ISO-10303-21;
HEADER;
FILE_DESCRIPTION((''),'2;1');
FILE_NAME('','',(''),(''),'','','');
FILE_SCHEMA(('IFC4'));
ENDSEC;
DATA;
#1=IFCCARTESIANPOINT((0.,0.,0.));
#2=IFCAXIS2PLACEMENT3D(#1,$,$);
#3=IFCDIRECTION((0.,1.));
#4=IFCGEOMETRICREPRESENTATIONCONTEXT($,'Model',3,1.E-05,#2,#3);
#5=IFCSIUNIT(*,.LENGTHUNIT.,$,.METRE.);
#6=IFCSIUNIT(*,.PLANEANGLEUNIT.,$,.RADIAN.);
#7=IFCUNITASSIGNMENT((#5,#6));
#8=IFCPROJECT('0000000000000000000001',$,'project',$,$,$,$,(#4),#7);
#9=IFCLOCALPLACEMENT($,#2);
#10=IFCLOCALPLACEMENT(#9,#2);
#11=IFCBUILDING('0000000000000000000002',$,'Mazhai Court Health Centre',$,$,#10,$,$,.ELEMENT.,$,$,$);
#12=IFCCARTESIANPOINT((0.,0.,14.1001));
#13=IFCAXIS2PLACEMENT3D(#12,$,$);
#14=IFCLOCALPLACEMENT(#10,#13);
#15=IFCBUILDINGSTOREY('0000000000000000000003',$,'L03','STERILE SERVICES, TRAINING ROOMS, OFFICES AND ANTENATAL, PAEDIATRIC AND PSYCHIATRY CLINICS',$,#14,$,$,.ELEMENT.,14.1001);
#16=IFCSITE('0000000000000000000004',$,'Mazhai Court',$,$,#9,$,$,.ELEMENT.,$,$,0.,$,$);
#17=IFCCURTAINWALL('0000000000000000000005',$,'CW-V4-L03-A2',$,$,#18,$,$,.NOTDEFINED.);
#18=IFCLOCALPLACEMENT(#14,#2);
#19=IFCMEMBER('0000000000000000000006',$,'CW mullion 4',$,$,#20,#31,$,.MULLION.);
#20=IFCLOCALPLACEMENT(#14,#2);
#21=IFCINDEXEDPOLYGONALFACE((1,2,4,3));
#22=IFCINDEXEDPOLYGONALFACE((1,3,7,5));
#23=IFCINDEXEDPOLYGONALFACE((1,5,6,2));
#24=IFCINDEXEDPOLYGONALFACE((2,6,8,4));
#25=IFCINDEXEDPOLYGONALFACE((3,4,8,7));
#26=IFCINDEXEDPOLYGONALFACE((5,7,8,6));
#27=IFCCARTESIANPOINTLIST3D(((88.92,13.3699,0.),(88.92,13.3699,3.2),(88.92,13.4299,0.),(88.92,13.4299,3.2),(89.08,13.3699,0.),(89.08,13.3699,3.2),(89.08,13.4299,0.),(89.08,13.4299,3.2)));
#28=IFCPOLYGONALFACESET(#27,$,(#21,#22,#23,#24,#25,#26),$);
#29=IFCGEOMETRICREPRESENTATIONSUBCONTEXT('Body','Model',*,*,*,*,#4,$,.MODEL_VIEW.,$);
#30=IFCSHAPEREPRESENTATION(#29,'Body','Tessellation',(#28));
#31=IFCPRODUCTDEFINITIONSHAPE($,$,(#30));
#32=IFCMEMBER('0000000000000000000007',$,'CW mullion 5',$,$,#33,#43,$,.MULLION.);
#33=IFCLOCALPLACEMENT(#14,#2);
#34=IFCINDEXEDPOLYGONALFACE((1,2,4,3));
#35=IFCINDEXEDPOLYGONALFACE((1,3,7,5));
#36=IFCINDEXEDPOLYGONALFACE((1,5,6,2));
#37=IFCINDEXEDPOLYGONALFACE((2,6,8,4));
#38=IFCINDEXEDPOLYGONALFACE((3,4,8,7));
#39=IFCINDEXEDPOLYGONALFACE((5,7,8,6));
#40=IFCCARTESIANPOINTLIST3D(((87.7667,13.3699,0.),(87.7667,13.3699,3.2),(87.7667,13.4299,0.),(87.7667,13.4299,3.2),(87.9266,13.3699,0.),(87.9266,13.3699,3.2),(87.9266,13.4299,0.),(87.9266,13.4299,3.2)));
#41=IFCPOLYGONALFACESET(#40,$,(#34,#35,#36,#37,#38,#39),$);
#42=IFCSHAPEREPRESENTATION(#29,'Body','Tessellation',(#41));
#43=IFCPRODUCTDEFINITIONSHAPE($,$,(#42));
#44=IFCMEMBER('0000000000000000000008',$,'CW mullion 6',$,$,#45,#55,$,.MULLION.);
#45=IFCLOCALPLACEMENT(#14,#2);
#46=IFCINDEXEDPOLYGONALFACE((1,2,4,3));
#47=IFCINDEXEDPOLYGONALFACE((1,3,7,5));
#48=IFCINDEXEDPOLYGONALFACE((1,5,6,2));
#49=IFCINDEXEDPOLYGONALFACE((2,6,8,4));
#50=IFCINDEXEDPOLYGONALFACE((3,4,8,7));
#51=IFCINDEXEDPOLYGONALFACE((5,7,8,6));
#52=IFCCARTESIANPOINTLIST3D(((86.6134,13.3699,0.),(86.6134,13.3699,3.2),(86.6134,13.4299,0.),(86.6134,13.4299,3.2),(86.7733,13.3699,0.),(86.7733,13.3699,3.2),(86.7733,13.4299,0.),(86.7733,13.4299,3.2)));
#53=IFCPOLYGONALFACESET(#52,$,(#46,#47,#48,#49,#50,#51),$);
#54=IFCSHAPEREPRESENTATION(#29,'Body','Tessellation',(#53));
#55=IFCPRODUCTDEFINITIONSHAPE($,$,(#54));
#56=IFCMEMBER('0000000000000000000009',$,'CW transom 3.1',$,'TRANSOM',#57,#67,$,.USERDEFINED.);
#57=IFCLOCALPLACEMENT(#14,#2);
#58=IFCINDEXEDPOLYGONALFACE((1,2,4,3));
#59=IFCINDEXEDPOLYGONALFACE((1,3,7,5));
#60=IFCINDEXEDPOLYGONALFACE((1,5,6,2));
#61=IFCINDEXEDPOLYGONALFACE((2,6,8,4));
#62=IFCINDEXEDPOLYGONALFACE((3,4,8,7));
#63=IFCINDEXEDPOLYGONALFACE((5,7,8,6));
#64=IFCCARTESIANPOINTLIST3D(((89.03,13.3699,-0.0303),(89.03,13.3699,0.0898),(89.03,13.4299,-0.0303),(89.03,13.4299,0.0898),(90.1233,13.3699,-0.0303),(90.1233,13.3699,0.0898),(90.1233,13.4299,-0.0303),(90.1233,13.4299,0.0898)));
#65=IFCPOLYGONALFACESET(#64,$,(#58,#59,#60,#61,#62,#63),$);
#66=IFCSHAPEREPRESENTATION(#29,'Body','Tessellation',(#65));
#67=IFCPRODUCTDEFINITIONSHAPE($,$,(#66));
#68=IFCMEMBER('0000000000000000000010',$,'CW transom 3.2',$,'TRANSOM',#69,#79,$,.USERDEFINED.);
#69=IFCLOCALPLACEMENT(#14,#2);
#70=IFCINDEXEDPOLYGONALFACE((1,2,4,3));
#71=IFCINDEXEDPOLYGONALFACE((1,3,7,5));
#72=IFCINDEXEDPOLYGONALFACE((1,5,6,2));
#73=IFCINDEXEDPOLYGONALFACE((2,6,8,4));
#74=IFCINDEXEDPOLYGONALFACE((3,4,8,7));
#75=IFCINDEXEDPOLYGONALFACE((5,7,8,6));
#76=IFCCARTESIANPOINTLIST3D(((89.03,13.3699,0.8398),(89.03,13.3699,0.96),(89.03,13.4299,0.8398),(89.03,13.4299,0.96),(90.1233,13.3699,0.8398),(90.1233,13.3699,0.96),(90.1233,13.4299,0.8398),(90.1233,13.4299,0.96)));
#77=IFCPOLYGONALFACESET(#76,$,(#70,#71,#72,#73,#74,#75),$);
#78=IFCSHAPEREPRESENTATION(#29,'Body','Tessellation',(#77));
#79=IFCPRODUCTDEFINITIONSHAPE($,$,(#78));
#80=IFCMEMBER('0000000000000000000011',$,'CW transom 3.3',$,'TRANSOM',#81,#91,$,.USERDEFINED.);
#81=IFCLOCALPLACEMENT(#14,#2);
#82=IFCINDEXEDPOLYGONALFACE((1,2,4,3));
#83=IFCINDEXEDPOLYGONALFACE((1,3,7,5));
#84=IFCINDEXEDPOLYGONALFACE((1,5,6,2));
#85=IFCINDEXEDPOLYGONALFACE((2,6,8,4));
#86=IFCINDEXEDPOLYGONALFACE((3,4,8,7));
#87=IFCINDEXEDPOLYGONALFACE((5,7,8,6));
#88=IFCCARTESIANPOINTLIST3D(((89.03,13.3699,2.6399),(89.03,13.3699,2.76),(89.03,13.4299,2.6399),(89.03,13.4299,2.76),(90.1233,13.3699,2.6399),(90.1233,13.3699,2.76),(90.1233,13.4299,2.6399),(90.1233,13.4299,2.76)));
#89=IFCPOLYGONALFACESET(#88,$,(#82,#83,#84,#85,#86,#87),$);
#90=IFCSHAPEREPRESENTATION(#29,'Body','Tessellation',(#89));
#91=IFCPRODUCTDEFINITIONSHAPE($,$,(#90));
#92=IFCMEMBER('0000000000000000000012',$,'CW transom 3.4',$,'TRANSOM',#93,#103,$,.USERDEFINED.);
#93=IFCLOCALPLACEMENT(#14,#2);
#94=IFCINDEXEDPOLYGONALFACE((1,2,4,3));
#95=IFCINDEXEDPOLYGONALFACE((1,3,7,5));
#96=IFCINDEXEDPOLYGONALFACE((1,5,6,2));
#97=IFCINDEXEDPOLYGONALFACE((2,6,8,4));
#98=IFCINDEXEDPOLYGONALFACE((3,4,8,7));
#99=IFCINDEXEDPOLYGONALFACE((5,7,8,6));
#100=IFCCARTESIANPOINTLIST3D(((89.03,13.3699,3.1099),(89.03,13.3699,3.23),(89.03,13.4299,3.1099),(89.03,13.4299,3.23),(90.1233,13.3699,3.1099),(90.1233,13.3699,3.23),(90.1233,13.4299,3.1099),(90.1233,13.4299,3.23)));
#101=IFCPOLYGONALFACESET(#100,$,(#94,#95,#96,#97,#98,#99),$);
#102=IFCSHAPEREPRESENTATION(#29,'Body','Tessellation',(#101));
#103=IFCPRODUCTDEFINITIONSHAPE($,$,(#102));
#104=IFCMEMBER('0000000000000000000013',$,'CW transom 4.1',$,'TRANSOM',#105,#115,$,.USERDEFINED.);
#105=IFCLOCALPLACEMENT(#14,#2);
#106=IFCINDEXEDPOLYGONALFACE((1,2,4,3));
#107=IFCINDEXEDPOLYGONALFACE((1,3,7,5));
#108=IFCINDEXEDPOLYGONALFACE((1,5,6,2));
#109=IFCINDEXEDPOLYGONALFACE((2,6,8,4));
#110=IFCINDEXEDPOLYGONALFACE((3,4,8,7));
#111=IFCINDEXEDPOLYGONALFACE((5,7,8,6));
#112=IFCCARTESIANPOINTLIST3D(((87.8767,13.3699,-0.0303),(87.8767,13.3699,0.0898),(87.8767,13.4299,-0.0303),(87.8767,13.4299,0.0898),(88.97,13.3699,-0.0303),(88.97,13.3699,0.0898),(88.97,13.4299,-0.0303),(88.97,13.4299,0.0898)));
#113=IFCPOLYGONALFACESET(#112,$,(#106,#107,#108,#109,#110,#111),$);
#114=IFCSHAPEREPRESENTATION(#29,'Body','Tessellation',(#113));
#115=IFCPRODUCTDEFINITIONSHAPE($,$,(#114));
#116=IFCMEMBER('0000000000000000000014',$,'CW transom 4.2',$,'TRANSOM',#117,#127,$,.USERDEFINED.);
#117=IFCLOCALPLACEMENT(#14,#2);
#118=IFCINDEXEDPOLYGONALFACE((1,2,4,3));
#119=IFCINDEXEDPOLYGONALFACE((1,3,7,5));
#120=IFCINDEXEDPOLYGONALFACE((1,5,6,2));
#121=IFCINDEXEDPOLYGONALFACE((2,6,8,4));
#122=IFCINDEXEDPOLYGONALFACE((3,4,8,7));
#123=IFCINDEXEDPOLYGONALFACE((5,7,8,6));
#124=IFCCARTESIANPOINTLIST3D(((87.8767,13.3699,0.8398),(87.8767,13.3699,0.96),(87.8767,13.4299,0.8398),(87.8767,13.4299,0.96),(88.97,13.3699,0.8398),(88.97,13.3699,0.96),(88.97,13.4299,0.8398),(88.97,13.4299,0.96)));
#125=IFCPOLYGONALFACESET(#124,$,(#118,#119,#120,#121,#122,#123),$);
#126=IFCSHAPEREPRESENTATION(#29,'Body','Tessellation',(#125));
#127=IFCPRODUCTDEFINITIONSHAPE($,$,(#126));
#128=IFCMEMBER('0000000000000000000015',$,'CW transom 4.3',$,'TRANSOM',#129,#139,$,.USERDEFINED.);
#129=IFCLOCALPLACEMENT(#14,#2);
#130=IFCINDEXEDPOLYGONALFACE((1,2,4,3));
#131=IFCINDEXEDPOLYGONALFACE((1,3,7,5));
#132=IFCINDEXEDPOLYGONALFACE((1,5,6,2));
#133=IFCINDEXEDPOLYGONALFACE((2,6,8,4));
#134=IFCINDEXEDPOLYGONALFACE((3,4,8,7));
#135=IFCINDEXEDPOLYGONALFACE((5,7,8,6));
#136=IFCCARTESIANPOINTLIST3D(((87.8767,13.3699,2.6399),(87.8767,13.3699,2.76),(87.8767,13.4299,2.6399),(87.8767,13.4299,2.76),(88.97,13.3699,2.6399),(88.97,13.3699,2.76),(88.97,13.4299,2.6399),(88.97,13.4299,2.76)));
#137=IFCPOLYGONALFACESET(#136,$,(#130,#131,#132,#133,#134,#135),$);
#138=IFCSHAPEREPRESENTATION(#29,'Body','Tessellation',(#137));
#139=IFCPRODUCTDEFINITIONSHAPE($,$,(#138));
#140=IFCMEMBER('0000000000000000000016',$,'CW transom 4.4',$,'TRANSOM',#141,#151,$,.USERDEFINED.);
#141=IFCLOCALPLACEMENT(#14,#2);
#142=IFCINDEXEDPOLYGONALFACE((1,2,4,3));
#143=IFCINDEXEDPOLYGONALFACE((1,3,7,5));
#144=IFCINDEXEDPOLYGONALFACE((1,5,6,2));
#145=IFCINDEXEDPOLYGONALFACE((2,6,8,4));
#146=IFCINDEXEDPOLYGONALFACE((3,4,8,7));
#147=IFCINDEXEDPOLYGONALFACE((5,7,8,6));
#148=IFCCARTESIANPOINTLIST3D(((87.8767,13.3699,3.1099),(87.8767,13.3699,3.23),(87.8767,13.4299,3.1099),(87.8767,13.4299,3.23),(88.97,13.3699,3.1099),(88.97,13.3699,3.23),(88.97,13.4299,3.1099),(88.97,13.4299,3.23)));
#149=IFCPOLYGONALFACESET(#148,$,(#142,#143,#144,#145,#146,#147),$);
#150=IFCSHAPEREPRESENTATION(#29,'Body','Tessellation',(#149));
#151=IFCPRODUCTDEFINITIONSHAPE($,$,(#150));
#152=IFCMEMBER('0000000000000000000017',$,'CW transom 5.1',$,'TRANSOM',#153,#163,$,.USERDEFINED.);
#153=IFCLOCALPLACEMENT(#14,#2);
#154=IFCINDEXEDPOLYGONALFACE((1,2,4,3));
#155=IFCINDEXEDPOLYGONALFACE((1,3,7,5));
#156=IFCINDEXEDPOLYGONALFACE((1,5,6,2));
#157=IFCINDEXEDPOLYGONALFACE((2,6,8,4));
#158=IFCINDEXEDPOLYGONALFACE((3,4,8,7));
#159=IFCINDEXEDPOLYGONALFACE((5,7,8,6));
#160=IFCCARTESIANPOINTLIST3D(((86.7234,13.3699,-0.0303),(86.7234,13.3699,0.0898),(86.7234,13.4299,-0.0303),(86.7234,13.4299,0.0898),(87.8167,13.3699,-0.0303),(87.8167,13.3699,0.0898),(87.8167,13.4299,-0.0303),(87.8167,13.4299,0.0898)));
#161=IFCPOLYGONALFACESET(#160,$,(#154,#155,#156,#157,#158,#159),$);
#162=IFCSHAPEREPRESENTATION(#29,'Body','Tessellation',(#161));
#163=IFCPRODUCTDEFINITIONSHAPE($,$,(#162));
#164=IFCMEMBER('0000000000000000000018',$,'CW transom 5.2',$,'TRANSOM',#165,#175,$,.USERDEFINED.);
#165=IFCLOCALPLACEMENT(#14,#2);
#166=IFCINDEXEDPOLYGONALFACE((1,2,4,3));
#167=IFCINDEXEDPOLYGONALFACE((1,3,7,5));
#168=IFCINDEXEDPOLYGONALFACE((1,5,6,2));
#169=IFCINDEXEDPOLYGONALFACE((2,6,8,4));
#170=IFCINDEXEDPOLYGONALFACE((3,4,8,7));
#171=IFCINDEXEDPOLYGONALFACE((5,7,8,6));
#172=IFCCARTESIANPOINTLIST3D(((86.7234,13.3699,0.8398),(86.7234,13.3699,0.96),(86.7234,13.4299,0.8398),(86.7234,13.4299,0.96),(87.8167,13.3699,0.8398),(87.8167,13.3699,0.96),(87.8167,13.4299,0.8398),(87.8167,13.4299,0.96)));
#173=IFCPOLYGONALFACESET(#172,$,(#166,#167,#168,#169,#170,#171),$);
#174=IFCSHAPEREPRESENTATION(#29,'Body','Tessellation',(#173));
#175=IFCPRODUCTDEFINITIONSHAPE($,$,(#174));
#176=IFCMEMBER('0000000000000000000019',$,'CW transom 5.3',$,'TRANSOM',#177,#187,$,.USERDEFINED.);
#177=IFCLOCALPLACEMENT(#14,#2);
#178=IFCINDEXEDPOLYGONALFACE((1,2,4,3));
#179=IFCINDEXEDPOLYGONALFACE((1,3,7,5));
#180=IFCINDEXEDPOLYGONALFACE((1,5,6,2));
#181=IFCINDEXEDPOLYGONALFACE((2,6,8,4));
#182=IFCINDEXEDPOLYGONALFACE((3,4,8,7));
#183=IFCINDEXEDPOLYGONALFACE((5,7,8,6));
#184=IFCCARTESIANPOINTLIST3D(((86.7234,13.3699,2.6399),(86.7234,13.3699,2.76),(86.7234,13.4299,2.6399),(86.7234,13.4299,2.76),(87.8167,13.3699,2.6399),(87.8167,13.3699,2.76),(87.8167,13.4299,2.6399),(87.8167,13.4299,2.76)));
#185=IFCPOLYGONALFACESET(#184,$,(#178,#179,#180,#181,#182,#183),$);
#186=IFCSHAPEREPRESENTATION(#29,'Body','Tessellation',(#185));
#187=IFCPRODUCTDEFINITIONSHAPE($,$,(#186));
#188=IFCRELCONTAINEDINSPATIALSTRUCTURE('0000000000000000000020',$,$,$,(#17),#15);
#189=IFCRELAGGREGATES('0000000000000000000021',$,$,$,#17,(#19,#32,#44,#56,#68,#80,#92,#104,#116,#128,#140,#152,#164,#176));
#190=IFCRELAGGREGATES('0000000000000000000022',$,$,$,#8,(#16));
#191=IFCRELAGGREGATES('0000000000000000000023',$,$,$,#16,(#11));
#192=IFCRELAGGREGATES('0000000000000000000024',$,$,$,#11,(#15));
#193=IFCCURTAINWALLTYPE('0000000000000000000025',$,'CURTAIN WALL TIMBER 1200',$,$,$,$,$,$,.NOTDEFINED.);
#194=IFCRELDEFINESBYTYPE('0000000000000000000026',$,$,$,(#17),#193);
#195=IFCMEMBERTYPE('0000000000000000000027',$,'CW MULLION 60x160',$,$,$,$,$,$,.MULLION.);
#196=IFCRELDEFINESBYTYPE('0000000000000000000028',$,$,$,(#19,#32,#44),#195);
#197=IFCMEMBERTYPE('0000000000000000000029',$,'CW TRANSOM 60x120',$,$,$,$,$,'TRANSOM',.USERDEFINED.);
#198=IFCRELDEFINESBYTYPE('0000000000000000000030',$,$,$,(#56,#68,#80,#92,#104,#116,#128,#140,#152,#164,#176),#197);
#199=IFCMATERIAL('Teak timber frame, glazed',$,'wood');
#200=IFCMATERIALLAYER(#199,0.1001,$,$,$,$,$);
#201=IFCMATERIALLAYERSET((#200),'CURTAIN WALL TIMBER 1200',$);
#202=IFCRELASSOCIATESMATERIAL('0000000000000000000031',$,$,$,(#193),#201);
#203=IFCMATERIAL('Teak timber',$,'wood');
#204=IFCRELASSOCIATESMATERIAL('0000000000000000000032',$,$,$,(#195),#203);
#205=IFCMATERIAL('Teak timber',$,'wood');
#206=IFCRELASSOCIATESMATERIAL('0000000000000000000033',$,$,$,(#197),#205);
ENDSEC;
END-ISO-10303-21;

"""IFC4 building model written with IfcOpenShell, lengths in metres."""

from ifc_helpers import new_model, si_unit, direction, frame, origin, origin_2d, place, context, subcontext, project, spatial, rectangle, extrude, material, layer, layer_set, material_profile, profile_set, type_object, element, aggregate, save


model = new_model("IFC4")

# Units and contexts
model_context = context("Model", 3, precision=1e-05, world=origin(), true_north=direction((0.0, 1.0)))
body_context = subcontext(model_context, "Body", "Model", "MODEL_VIEW")
ifc_project = project(units=[si_unit("LENGTHUNIT", "METRE"), si_unit("PLANEANGLEUNIT", "RADIAN")], contexts=[model_context])

# Site, building, storey
site_placement = place(None, origin())
site = spatial("IfcSite", under=ifc_project, at=site_placement, Name="Mazhai Court", CompositionType="ELEMENT", RefElevation=0.0)
building_placement = place(site_placement, origin())
building = spatial("IfcBuilding", under=site, at=building_placement, Name="Mazhai Court Health Centre", CompositionType="ELEMENT")
storey_placement = place(building_placement, frame((0.0, 0.0, 14.1001)))
storey = spatial("IfcBuildingStorey", under=building, at=storey_placement, Name="L03", Description="STERILE SERVICES, TRAINING ROOMS, OFFICES AND ANTENATAL, PAEDIATRIC AND PSYCHIATRY CLINICS", CompositionType="ELEMENT", Elevation=14.1001)

# Curtain wall, members
ifc_material_1 = material(Name="Teak timber frame, glazed", Category="wood")
ifc_layer_1 = layer(ifc_material_1, 0.1001)
ifc_layer_set_1 = layer_set([ifc_layer_1], Name="CURTAIN WALL TIMBER 1200")
curtain_wall_type = type_object("IfcCurtainWallType", Name="CURTAIN WALL TIMBER 1200", PredefinedType="NOTDEFINED", material=ifc_layer_set_1)
curtain_wall_placement = place(storey_placement, origin())
curtain_wall = element("IfcCurtainWall", 1, at=curtain_wall_placement, inside=storey, type_object=curtain_wall_type, Name="CW-V4-L03-A2", PredefinedType="NOTDEFINED")
ifc_material_2 = material(Name="Teak timber", Category="wood")
ifc_material_profile_1 = material_profile(ifc_material_2, rectangle(XDim=0.0601, YDim=0.1599, at=origin_2d()), Name="CW MULLION 60x160")
ifc_profile_set_1 = profile_set([ifc_material_profile_1], Name="Teak timber")
member_type_1 = type_object("IfcMemberType", Name="CW MULLION 60x160", PredefinedType="MULLION", material=ifc_profile_set_1)
member_1_placement = place(storey_placement, frame((89.0, 13.3999, 0.0), z_axis=(0.0, 0.0, 1.0), x_axis=(0.0, -1.0, 0.0)))
member_1 = element("IfcMember", 2, at=member_1_placement, type_object=member_type_1, Name="CW mullion 4", PredefinedType="MULLION", context=body_context, shape_type="SweptSolid", body=[
    extrude(rectangle(XDim=0.0601, YDim=0.1599, at=origin_2d()), origin(), (0.0, 0.0, 1.0), 3.2),
])
member_2_placement = place(storey_placement, frame((87.8467, 13.3999, 0.0), z_axis=(0.0, 0.0, 1.0), x_axis=(0.0, -1.0, 0.0)))
member_2 = element("IfcMember", 3, at=member_2_placement, type_object=member_type_1, Name="CW mullion 5", PredefinedType="MULLION", context=body_context, shape_type="SweptSolid", body=[
    extrude(rectangle(XDim=0.0601, YDim=0.1599, at=origin_2d()), origin(), (0.0, 0.0, 1.0), 3.2),
])
member_3_placement = place(storey_placement, frame((86.6934, 13.3999, 0.0), z_axis=(0.0, 0.0, 1.0), x_axis=(0.0, -1.0, 0.0)))
member_3 = element("IfcMember", 4, at=member_3_placement, type_object=member_type_1, Name="CW mullion 6", PredefinedType="MULLION", context=body_context, shape_type="SweptSolid", body=[
    extrude(rectangle(XDim=0.0601, YDim=0.1599, at=origin_2d()), origin(), (0.0, 0.0, 1.0), 3.2),
])
ifc_material_3 = material(Name="Teak timber", Category="wood")
ifc_material_profile_2 = material_profile(ifc_material_3, rectangle(XDim=0.0601, YDim=0.1201, at=origin_2d()), Name="CW TRANSOM 60x120")
ifc_profile_set_2 = profile_set([ifc_material_profile_2], Name="Teak timber")
member_type_2 = type_object("IfcMemberType", Name="CW TRANSOM 60x120", ElementType="TRANSOM", PredefinedType="USERDEFINED", material=ifc_profile_set_2)
member_4_placement = place(storey_placement, frame((90.1233, 13.3999, 0.0298), z_axis=(-1.0, 0.0, 0.0), x_axis=(0.0, -1.0, 0.0)))
member_4 = element("IfcMember", 5, at=member_4_placement, type_object=member_type_2, Name="CW transom 3.1", ObjectType="TRANSOM", PredefinedType="USERDEFINED", context=body_context, shape_type="SweptSolid", body=[
    extrude(rectangle(XDim=0.0601, YDim=0.1201, at=origin_2d()), origin(), (0.0, 0.0, 1.0), 1.0933),
])
member_5_placement = place(storey_placement, frame((90.1233, 13.3999, 0.8999), z_axis=(-1.0, 0.0, 0.0), x_axis=(0.0, -1.0, 0.0)))
member_5 = element("IfcMember", 6, at=member_5_placement, type_object=member_type_2, Name="CW transom 3.2", ObjectType="TRANSOM", PredefinedType="USERDEFINED", context=body_context, shape_type="SweptSolid", body=[
    extrude(rectangle(XDim=0.0601, YDim=0.1201, at=origin_2d()), origin(), (0.0, 0.0, 1.0), 1.0933),
])
member_6_placement = place(storey_placement, frame((90.1233, 13.3999, 2.7), z_axis=(-1.0, 0.0, 0.0), x_axis=(0.0, -1.0, 0.0)))
member_6 = element("IfcMember", 7, at=member_6_placement, type_object=member_type_2, Name="CW transom 3.3", ObjectType="TRANSOM", PredefinedType="USERDEFINED", context=body_context, shape_type="SweptSolid", body=[
    extrude(rectangle(XDim=0.0601, YDim=0.1201, at=origin_2d()), origin(), (0.0, 0.0, 1.0), 1.0933),
])
member_7_placement = place(storey_placement, frame((90.1233, 13.3999, 3.1699), z_axis=(-1.0, 0.0, 0.0), x_axis=(0.0, -1.0, 0.0)))
member_7 = element("IfcMember", 8, at=member_7_placement, type_object=member_type_2, Name="CW transom 3.4", ObjectType="TRANSOM", PredefinedType="USERDEFINED", context=body_context, shape_type="SweptSolid", body=[
    extrude(rectangle(XDim=0.0601, YDim=0.1201, at=origin_2d()), origin(), (0.0, 0.0, 1.0), 1.0933),
])
member_8_placement = place(storey_placement, frame((88.97, 13.3999, 0.0298), z_axis=(-1.0, 0.0, 0.0), x_axis=(0.0, -1.0, 0.0)))
member_8 = element("IfcMember", 9, at=member_8_placement, type_object=member_type_2, Name="CW transom 4.1", ObjectType="TRANSOM", PredefinedType="USERDEFINED", context=body_context, shape_type="SweptSolid", body=[
    extrude(rectangle(XDim=0.0601, YDim=0.1201, at=origin_2d()), origin(), (0.0, 0.0, 1.0), 1.0933),
])
member_9_placement = place(storey_placement, frame((88.97, 13.3999, 0.8999), z_axis=(-1.0, 0.0, 0.0), x_axis=(0.0, -1.0, 0.0)))
member_9 = element("IfcMember", 10, at=member_9_placement, type_object=member_type_2, Name="CW transom 4.2", ObjectType="TRANSOM", PredefinedType="USERDEFINED", context=body_context, shape_type="SweptSolid", body=[
    extrude(rectangle(XDim=0.0601, YDim=0.1201, at=origin_2d()), origin(), (0.0, 0.0, 1.0), 1.0933),
])
member_10_placement = place(storey_placement, frame((88.97, 13.3999, 2.7), z_axis=(-1.0, 0.0, 0.0), x_axis=(0.0, -1.0, 0.0)))
member_10 = element("IfcMember", 11, at=member_10_placement, type_object=member_type_2, Name="CW transom 4.3", ObjectType="TRANSOM", PredefinedType="USERDEFINED", context=body_context, shape_type="SweptSolid", body=[
    extrude(rectangle(XDim=0.0601, YDim=0.1201, at=origin_2d()), origin(), (0.0, 0.0, 1.0), 1.0933),
])
member_11_placement = place(storey_placement, frame((88.97, 13.3999, 3.1699), z_axis=(-1.0, 0.0, 0.0), x_axis=(0.0, -1.0, 0.0)))
member_11 = element("IfcMember", 12, at=member_11_placement, type_object=member_type_2, Name="CW transom 4.4", ObjectType="TRANSOM", PredefinedType="USERDEFINED", context=body_context, shape_type="SweptSolid", body=[
    extrude(rectangle(XDim=0.0601, YDim=0.1201, at=origin_2d()), origin(), (0.0, 0.0, 1.0), 1.0933),
])
member_12_placement = place(storey_placement, frame((87.8167, 13.3999, 0.0298), z_axis=(-1.0, 0.0, 0.0), x_axis=(0.0, -1.0, 0.0)))
member_12 = element("IfcMember", 13, at=member_12_placement, type_object=member_type_2, Name="CW transom 5.1", ObjectType="TRANSOM", PredefinedType="USERDEFINED", context=body_context, shape_type="SweptSolid", body=[
    extrude(rectangle(XDim=0.0601, YDim=0.1201, at=origin_2d()), origin(), (0.0, 0.0, 1.0), 1.0933),
])
member_13_placement = place(storey_placement, frame((87.8167, 13.3999, 0.8999), z_axis=(-1.0, 0.0, 0.0), x_axis=(0.0, -1.0, 0.0)))
member_13 = element("IfcMember", 14, at=member_13_placement, type_object=member_type_2, Name="CW transom 5.2", ObjectType="TRANSOM", PredefinedType="USERDEFINED", context=body_context, shape_type="SweptSolid", body=[
    extrude(rectangle(XDim=0.0601, YDim=0.1201, at=origin_2d()), origin(), (0.0, 0.0, 1.0), 1.0933),
])
member_14_placement = place(storey_placement, frame((87.8167, 13.3999, 2.7), z_axis=(-1.0, 0.0, 0.0), x_axis=(0.0, -1.0, 0.0)))
member_14 = element("IfcMember", 15, at=member_14_placement, type_object=member_type_2, Name="CW transom 5.3", ObjectType="TRANSOM", PredefinedType="USERDEFINED", context=body_context, shape_type="SweptSolid", body=[
    extrude(rectangle(XDim=0.0601, YDim=0.1201, at=origin_2d()), origin(), (0.0, 0.0, 1.0), 1.0933),
])

aggregate(curtain_wall, [member_1, member_2, member_3, member_4, member_5, member_6, member_7, member_8, member_9, member_10, member_11, member_12, member_13, member_14])

save(model, "model.ifc")
